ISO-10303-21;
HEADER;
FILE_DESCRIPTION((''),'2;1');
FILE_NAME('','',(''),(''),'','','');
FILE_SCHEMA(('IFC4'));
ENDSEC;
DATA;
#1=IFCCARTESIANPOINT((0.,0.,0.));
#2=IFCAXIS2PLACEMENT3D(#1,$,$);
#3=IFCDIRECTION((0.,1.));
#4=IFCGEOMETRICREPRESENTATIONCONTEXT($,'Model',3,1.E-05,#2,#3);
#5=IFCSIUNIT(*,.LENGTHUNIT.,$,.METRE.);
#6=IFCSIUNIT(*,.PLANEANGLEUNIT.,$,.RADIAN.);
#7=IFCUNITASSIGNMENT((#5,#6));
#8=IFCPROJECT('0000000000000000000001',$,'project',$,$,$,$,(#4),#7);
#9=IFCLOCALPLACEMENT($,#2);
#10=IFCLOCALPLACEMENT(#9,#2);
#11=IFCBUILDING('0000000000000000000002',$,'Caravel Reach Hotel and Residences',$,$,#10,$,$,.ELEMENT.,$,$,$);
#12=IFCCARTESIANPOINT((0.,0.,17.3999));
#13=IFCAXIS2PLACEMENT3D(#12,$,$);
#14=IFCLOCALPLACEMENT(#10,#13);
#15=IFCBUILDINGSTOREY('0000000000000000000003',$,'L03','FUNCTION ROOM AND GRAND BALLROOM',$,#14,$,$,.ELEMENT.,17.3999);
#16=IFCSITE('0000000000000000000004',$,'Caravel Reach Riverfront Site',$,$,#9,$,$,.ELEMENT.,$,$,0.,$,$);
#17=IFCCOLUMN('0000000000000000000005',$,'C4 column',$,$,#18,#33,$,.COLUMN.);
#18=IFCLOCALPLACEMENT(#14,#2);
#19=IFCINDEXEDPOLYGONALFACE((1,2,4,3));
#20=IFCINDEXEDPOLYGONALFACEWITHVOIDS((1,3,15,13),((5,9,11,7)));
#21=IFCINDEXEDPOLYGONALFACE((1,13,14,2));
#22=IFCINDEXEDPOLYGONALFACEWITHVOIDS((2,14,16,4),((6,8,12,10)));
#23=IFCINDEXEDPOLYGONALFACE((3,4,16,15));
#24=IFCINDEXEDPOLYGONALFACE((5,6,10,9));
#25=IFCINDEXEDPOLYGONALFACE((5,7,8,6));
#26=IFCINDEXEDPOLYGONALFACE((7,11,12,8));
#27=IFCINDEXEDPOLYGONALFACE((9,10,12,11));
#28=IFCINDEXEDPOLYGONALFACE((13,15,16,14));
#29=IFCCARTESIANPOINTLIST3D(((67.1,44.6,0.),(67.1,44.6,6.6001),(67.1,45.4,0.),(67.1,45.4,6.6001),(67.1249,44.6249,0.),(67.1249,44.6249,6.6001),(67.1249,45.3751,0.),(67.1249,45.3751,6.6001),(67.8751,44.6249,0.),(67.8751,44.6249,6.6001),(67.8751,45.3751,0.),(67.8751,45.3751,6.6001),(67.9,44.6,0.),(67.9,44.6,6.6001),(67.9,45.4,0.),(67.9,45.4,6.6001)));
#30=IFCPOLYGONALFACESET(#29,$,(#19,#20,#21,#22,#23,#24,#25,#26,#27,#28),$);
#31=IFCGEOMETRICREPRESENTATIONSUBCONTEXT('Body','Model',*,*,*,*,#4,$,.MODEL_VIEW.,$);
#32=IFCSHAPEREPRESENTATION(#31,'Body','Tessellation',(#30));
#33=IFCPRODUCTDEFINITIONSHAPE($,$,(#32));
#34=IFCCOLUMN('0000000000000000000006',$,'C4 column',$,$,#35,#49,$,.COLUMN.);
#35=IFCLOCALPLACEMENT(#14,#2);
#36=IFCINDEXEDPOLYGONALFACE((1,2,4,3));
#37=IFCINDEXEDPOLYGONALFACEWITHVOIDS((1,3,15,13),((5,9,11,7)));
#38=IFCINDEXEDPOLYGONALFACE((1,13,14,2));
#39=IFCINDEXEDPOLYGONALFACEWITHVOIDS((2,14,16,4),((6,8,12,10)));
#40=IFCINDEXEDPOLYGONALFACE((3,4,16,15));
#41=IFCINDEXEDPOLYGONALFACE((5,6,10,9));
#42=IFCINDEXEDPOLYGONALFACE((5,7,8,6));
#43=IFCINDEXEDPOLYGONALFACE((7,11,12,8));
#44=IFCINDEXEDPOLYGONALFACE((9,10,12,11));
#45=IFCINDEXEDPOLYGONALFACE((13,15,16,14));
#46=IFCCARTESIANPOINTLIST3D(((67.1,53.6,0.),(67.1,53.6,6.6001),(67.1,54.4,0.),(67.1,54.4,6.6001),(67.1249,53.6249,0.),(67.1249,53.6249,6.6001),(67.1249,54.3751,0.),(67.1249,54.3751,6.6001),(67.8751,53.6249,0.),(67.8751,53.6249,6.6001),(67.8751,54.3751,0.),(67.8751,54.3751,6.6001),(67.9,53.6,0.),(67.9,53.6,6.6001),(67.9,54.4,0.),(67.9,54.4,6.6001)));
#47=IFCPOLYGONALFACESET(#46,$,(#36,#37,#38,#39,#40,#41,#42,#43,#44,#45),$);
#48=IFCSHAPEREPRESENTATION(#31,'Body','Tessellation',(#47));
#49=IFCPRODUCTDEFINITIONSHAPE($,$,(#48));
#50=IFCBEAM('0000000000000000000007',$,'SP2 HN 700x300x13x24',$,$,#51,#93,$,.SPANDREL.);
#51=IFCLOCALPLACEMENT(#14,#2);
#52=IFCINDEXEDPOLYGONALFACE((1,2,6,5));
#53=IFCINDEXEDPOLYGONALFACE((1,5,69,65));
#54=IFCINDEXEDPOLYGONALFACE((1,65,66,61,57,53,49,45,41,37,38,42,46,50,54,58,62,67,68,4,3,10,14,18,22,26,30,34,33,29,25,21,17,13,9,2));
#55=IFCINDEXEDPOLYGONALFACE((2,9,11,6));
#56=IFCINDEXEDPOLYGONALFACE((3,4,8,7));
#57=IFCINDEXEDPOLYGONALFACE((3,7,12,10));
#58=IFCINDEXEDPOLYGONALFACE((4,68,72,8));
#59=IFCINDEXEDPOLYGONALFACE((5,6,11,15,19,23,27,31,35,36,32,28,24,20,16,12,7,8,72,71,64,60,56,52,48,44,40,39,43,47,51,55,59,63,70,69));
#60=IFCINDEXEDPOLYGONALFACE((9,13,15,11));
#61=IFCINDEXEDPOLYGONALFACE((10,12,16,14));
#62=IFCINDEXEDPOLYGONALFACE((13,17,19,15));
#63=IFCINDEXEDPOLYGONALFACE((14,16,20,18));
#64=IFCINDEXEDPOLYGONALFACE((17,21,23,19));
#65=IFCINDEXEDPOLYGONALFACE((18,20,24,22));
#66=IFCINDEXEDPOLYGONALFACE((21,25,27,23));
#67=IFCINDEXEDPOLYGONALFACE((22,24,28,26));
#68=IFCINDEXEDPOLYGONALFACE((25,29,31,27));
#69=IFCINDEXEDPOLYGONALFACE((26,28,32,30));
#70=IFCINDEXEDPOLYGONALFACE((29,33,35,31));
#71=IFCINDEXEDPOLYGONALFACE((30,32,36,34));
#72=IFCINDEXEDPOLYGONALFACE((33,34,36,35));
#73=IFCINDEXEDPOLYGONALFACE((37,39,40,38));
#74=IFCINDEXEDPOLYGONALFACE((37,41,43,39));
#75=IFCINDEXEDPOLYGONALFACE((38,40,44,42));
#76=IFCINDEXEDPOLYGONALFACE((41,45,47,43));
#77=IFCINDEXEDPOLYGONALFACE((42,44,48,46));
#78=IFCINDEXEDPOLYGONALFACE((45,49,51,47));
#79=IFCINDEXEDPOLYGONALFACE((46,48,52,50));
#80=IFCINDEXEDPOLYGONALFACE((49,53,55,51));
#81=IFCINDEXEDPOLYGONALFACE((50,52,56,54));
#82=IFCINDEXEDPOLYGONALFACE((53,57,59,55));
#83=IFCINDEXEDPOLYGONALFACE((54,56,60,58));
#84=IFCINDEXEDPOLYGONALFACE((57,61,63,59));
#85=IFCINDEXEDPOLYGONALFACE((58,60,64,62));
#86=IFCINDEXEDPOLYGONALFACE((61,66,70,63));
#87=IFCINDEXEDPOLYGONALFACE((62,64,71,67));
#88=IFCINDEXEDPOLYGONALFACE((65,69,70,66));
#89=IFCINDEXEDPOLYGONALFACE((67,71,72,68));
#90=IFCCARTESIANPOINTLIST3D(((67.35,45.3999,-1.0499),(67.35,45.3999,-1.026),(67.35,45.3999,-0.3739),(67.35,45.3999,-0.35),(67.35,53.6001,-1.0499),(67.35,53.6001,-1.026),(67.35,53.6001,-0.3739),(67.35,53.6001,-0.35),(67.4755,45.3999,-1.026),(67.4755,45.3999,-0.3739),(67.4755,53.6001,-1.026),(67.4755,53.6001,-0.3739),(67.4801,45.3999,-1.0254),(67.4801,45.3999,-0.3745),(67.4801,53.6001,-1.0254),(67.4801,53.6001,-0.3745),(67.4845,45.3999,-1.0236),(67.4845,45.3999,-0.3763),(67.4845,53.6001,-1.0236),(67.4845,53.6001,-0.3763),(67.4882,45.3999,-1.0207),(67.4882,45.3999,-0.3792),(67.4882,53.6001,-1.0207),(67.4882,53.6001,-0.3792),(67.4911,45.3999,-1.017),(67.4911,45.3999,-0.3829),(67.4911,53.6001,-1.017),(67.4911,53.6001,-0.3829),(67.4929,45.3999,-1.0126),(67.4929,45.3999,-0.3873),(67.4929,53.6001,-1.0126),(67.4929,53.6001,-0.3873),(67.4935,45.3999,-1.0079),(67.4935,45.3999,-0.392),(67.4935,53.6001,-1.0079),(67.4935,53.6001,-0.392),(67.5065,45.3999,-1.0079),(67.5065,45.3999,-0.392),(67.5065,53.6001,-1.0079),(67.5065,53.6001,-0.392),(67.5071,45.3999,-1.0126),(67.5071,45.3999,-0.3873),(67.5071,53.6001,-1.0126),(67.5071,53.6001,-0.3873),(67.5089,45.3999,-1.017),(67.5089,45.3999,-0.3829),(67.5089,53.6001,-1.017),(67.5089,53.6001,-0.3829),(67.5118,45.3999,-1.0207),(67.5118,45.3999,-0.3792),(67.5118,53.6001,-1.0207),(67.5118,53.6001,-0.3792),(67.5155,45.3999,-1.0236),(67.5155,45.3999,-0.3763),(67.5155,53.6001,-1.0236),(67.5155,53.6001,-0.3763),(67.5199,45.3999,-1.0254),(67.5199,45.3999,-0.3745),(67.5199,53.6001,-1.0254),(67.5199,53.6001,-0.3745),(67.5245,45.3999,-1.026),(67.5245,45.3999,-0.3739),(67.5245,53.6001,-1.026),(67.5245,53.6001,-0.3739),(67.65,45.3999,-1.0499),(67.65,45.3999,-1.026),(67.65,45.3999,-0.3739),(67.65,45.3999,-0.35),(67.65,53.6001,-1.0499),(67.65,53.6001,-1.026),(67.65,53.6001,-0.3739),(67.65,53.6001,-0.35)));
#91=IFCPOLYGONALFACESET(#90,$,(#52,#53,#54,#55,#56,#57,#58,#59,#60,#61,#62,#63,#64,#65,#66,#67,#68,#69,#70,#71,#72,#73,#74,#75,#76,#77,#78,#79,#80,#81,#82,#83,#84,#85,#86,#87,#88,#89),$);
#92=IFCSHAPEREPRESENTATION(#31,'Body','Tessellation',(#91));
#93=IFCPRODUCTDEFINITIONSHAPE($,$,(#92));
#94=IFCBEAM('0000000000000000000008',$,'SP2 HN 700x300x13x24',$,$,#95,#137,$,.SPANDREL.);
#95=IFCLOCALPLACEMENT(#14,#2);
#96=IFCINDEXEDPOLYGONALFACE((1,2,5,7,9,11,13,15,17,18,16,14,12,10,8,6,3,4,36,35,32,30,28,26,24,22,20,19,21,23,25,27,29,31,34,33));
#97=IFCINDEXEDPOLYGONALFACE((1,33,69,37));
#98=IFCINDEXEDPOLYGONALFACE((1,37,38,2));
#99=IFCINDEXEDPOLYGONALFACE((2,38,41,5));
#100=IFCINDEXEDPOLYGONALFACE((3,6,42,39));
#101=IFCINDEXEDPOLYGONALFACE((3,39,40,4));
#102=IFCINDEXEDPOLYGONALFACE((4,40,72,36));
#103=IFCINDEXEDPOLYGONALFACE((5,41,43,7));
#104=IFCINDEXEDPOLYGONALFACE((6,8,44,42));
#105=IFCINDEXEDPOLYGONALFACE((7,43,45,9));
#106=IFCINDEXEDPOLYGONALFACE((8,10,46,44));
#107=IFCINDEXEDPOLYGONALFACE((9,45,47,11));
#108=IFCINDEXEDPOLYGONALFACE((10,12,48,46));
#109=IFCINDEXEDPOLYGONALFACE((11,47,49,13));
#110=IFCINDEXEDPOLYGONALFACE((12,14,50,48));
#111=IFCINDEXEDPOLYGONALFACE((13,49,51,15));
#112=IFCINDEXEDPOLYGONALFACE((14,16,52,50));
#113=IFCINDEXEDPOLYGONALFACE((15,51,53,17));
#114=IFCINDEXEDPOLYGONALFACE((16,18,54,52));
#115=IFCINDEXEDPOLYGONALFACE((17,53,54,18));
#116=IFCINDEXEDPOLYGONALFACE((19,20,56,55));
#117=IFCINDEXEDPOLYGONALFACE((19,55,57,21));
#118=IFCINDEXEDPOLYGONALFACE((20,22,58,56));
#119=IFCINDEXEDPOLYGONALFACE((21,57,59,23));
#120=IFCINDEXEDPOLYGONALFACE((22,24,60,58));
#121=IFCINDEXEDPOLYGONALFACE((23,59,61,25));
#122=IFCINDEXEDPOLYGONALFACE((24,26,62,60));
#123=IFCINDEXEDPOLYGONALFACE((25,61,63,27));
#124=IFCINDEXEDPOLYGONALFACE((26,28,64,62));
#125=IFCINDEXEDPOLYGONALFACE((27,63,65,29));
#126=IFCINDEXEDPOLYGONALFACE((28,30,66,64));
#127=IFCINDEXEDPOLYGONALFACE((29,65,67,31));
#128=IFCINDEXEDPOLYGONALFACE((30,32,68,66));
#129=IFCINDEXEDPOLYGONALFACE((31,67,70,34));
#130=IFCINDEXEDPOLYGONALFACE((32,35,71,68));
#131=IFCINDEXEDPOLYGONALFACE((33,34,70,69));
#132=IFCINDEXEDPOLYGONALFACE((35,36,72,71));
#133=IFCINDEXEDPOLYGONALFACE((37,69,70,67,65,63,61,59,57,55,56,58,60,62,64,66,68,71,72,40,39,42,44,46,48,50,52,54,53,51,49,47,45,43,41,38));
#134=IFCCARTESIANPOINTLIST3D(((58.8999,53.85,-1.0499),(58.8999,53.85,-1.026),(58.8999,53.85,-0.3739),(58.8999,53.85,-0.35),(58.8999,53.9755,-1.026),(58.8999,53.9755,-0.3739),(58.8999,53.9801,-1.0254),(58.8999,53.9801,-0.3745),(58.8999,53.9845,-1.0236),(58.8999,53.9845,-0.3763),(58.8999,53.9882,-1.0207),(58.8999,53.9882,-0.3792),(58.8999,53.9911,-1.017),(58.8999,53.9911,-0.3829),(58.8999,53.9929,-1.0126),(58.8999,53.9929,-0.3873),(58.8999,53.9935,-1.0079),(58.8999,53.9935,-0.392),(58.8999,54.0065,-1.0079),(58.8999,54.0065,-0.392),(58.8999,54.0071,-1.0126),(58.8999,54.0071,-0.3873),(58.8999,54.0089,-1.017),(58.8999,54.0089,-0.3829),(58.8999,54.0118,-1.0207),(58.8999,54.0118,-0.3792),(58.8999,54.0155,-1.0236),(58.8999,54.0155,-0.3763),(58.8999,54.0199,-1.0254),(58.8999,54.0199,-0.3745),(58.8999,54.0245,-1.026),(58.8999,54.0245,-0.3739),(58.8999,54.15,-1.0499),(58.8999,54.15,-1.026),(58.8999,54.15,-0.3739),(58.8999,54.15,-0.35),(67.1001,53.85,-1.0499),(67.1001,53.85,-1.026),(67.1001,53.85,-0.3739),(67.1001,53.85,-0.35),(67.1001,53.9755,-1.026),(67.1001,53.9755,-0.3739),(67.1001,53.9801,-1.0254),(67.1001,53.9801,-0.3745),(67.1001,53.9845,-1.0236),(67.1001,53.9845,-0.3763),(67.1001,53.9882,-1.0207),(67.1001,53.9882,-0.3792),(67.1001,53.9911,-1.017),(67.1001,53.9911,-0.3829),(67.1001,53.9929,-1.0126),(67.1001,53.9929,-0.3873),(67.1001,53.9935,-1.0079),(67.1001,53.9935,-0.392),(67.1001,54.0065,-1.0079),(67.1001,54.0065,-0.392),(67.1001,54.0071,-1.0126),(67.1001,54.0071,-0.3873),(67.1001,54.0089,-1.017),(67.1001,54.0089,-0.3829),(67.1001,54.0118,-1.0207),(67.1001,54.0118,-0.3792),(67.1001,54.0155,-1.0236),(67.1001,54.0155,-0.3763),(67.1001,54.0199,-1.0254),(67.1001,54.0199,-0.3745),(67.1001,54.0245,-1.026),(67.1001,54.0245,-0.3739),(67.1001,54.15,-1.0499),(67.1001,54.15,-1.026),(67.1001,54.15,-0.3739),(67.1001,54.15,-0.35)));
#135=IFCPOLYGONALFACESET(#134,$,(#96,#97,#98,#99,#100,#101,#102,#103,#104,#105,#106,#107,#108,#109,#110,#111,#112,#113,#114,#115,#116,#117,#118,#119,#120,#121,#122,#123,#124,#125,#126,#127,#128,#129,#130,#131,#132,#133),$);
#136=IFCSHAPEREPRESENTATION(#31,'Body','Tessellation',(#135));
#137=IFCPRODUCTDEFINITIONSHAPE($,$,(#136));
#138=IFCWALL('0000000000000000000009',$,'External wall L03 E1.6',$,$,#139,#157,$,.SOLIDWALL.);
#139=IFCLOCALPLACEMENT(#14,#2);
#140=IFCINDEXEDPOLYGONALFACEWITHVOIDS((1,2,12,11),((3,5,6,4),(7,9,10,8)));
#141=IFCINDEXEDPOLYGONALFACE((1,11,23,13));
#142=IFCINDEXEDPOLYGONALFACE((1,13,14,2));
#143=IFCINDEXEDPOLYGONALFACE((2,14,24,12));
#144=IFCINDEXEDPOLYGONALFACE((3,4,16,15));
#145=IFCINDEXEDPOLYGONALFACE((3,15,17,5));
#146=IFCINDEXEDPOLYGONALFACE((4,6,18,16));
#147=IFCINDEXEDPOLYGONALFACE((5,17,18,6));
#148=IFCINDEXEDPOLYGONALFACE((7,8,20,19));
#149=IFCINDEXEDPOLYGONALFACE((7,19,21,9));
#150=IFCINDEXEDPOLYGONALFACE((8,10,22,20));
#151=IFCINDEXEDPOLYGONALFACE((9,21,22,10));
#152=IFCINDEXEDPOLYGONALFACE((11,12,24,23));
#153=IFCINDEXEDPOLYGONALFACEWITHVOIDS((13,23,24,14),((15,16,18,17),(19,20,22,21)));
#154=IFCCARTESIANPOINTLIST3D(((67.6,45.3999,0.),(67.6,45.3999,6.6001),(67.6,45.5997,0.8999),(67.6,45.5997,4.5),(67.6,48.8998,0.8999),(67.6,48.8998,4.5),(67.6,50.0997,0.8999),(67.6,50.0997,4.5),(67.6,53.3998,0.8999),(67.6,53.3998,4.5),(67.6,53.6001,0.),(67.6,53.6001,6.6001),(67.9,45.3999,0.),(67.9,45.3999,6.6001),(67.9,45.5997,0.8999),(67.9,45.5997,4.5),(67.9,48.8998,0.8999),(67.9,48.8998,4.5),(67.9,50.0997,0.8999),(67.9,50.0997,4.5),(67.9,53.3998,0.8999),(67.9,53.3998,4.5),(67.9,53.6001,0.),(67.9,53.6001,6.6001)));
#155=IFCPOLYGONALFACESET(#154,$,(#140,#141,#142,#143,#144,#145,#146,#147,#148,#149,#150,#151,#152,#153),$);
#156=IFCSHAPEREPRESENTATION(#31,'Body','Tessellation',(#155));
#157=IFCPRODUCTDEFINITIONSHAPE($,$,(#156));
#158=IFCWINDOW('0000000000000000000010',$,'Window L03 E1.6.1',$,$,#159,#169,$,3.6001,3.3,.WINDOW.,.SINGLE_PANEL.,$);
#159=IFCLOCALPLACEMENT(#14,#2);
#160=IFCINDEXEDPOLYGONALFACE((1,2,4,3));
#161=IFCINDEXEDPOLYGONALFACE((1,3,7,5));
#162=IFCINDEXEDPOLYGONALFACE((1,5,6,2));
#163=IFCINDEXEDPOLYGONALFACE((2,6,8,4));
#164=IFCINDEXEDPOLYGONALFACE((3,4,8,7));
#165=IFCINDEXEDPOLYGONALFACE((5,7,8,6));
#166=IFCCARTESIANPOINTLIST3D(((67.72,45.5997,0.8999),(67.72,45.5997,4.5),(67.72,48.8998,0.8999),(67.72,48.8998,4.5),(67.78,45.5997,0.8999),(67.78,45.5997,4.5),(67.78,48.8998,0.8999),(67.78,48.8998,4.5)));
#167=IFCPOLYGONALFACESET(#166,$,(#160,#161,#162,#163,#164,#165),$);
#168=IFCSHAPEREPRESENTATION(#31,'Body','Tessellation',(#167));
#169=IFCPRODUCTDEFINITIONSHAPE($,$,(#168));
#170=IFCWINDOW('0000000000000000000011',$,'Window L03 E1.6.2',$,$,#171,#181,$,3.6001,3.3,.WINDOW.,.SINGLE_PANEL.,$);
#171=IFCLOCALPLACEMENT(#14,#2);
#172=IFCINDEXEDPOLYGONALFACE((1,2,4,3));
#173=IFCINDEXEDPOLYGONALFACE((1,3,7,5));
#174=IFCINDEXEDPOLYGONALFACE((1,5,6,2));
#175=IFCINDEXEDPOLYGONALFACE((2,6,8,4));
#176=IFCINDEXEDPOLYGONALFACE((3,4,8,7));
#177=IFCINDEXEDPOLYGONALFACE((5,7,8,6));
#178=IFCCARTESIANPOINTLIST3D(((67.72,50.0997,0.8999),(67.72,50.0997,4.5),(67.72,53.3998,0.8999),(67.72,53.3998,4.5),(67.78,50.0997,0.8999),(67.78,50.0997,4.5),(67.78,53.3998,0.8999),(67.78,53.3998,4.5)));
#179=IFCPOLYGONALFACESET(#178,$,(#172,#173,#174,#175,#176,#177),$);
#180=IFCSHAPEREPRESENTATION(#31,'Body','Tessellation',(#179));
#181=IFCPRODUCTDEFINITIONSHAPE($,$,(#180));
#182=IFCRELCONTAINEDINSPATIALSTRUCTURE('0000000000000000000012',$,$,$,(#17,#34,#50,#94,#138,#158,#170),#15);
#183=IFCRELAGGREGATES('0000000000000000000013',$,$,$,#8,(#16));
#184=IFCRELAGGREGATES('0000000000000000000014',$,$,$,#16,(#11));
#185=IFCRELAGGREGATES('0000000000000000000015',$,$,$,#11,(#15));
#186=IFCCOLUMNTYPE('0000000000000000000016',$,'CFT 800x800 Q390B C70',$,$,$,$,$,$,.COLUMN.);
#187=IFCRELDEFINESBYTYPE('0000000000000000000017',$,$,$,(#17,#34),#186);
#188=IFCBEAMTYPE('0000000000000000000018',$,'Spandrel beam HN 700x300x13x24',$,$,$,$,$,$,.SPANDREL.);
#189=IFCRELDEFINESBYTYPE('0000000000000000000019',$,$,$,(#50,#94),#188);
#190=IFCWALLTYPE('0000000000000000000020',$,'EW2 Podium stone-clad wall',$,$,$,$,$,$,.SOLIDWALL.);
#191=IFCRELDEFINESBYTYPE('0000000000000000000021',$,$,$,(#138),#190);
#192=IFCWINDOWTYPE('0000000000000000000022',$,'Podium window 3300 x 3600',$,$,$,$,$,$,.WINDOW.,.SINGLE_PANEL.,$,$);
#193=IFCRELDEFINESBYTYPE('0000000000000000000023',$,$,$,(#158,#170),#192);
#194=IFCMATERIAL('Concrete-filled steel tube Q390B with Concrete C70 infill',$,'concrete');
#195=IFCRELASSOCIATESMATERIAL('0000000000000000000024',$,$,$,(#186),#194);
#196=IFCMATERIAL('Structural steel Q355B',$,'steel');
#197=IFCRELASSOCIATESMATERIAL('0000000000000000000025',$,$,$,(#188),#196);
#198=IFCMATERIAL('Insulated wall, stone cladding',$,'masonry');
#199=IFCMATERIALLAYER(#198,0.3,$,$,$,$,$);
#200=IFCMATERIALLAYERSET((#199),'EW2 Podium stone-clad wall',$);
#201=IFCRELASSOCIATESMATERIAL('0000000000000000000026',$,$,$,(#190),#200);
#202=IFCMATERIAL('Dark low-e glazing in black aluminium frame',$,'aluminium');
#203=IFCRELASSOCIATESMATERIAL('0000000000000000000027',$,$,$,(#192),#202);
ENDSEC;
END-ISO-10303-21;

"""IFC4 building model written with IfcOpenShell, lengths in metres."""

from ifc_helpers import new_model, si_unit, direction, frame, frame_2d, origin, origin_2d, place, context, subcontext, project, spatial, rectangle, hollow_rectangle, i_section, extrude, material, layer, layer_set, material_profile, profile_set, type_object, element, fill, save


model = new_model("IFC4")

# Units and contexts
model_context = context("Model", 3, precision=1e-05, world=origin(), true_north=direction((0.0, 1.0)))
body_context = subcontext(model_context, "Body", "Model", "MODEL_VIEW")
ifc_project = project(units=[si_unit("LENGTHUNIT", "METRE"), si_unit("PLANEANGLEUNIT", "RADIAN")], contexts=[model_context])

# Site, building, storey
site_placement = place(None, origin())
site = spatial("IfcSite", under=ifc_project, at=site_placement, Name="Caravel Reach Riverfront Site", CompositionType="ELEMENT", RefElevation=0.0)
building_placement = place(site_placement, origin())
building = spatial("IfcBuilding", under=site, at=building_placement, Name="Caravel Reach Hotel and Residences", CompositionType="ELEMENT")
storey_placement = place(building_placement, frame((0.0, 0.0, 17.3999)))
storey = spatial("IfcBuildingStorey", under=building, at=storey_placement, Name="L03", Description="FUNCTION ROOM AND GRAND BALLROOM", CompositionType="ELEMENT", Elevation=17.3999)

# Columns
ifc_material_1 = material(Name="Concrete-filled steel tube Q390B with Concrete C70 infill", Category="concrete")
ifc_material_profile_1 = material_profile(ifc_material_1, hollow_rectangle(XDim=0.8, YDim=0.8, WallThickness=0.0249, at=origin_2d()), Name="RHS 800x800x25")
ifc_profile_set_1 = profile_set([ifc_material_profile_1], Name="Concrete-filled steel tube Q390B with Concrete C70 infill")
column_type = type_object("IfcColumnType", Name="CFT 800x800 Q390B C70", PredefinedType="COLUMN", material=ifc_profile_set_1)
for number, where, z_axis, x_axis, name in (
    (1, (67.5, 45.0, 0.0), (0.0, 0.0, 1.0), (1.0, 0.0, 0.0), "C4 column"),
    (2, (67.5, 54.0, 0.0), (0.0, 0.0, 1.0), (1.0, 0.0, 0.0), "C4 column"),
):
    element("IfcColumn", number, at=place(storey_placement, frame(where, z_axis=z_axis, x_axis=x_axis)), inside=storey, type_object=column_type, Name=name, PredefinedType="COLUMN", context=body_context, shape_type="SweptSolid", body=[
        extrude(hollow_rectangle(XDim=0.8, YDim=0.8, WallThickness=0.0249, at=origin_2d()), origin(), (0.0, 0.0, 1.0), 6.6001),
    ])

# Beams
ifc_material_2 = material(Name="Structural steel Q355B", Category="steel")
ifc_material_profile_2 = material_profile(ifc_material_2, i_section(OverallWidth=0.3, OverallDepth=0.7, WebThickness=0.0129, FlangeThickness=0.0239, FilletRadius=0.0181, at=origin_2d()), Name="HN 700x300x13x24")
ifc_profile_set_2 = profile_set([ifc_material_profile_2], Name="Structural steel Q355B")
beam_type = type_object("IfcBeamType", Name="Spandrel beam HN 700x300x13x24", PredefinedType="SPANDREL", material=ifc_profile_set_2)
for number, where, z_axis, x_axis, name in (
    (3, (67.5, 45.3999, -0.7), (0.0, 1.0, 0.0), (-1.0, 0.0, 0.0), "SP2 HN 700x300x13x24"),
    (4, (67.1001, 54.0, -0.7), (-1.0, 0.0, 0.0), (0.0, -1.0, 0.0), "SP2 HN 700x300x13x24"),
):
    element("IfcBeam", number, at=place(storey_placement, frame(where, z_axis=z_axis, x_axis=x_axis)), inside=storey, type_object=beam_type, Name=name, PredefinedType="SPANDREL", context=body_context, shape_type="SweptSolid", body=[
        extrude(i_section(OverallWidth=0.3, OverallDepth=0.7, WebThickness=0.0129, FlangeThickness=0.0239, FilletRadius=0.0181, at=origin_2d()), origin(), (0.0, 0.0, 1.0), 8.2002),
    ])

# Wall, openings, windows
ifc_material_3 = material(Name="Insulated wall, stone cladding", Category="masonry")
ifc_layer = layer(ifc_material_3, 0.3)
ifc_layer_set = layer_set([ifc_layer], Name="EW2 Podium stone-clad wall")
wall_type = type_object("IfcWallType", Name="EW2 Podium stone-clad wall", PredefinedType="SOLIDWALL", material=ifc_layer_set)
wall_1_placement = place(storey_placement, frame((67.75, 45.3999, 0.0), z_axis=(0.0, 0.0, 1.0), x_axis=(0.0, 1.0, 0.0)))
wall_1 = element("IfcWall", 5, at=wall_1_placement, inside=storey, type_object=wall_type, Name="External wall L03 E1.6", PredefinedType="SOLIDWALL", context=body_context, shape_type="SweptSolid", body=[
    extrude(rectangle(XDim=8.2002, YDim=0.3, at=frame_2d((4.1001, 0.0))), origin(), (0.0, 0.0, 1.0), 6.6001),
])
opening_1_placement = place(wall_1_placement, frame((0.2, 0.0, 0.8999)))
opening_1 = element("IfcOpeningElement", 6, at=opening_1_placement, cuts=wall_1, PredefinedType="OPENING", context=body_context, shape_type="SweptSolid", body=[
    extrude(rectangle(XDim=3.3, YDim=3.6001, at=frame_2d((1.6499, 1.8))), frame((0.0, 0.1599, 0.0), z_axis=(0.0, -1.0, 0.0), x_axis=(1.0, 0.0, 0.0)), (0.0, 0.0, 1.0), 0.3201),
])
opening_2_placement = place(wall_1_placement, frame((4.7, 0.0, 0.8999)))
opening_2 = element("IfcOpeningElement", 7, at=opening_2_placement, cuts=wall_1, PredefinedType="OPENING", context=body_context, shape_type="SweptSolid", body=[
    extrude(rectangle(XDim=3.3, YDim=3.6001, at=frame_2d((1.6499, 1.8))), frame((0.0, 0.1599, 0.0), z_axis=(0.0, -1.0, 0.0), x_axis=(1.0, 0.0, 0.0)), (0.0, 0.0, 1.0), 0.3201),
])
ifc_material_4 = material(Name="Dark low-e glazing in black aluminium frame", Category="aluminium")
window_type = type_object("IfcWindowType", Name="Podium window 3300 x 3600", PartitioningType="SINGLE_PANEL", PredefinedType="WINDOW", material=ifc_material_4)
window_1_placement = place(opening_1_placement, origin())
window_1 = element("IfcWindow", 8, at=window_1_placement, inside=storey, type_object=window_type, Name="Window L03 E1.6.1", OverallHeight=3.6001, OverallWidth=3.3, PartitioningType="SINGLE_PANEL", PredefinedType="WINDOW", context=body_context, shape_type="SweptSolid", body=[
    extrude(rectangle(XDim=3.3, YDim=3.6001, at=frame_2d((1.6499, 1.8))), frame((0.0, 0.03, 0.0), z_axis=(0.0, -1.0, 0.0), x_axis=(1.0, 0.0, 0.0)), (0.0, 0.0, 1.0), 0.0601),
])
fill(opening_1, window_1)
window_2_placement = place(opening_2_placement, origin())
window_2 = element("IfcWindow", 9, at=window_2_placement, inside=storey, type_object=window_type, Name="Window L03 E1.6.2", OverallHeight=3.6001, OverallWidth=3.3, PartitioningType="SINGLE_PANEL", PredefinedType="WINDOW", context=body_context, shape_type="SweptSolid", body=[
    extrude(rectangle(XDim=3.3, YDim=3.6001, at=frame_2d((1.6499, 1.8))), frame((0.0, 0.03, 0.0), z_axis=(0.0, -1.0, 0.0), x_axis=(1.0, 0.0, 0.0)), (0.0, 0.0, 1.0), 0.0601),
])
fill(opening_2, window_2)

save(model, "model.ifc")
